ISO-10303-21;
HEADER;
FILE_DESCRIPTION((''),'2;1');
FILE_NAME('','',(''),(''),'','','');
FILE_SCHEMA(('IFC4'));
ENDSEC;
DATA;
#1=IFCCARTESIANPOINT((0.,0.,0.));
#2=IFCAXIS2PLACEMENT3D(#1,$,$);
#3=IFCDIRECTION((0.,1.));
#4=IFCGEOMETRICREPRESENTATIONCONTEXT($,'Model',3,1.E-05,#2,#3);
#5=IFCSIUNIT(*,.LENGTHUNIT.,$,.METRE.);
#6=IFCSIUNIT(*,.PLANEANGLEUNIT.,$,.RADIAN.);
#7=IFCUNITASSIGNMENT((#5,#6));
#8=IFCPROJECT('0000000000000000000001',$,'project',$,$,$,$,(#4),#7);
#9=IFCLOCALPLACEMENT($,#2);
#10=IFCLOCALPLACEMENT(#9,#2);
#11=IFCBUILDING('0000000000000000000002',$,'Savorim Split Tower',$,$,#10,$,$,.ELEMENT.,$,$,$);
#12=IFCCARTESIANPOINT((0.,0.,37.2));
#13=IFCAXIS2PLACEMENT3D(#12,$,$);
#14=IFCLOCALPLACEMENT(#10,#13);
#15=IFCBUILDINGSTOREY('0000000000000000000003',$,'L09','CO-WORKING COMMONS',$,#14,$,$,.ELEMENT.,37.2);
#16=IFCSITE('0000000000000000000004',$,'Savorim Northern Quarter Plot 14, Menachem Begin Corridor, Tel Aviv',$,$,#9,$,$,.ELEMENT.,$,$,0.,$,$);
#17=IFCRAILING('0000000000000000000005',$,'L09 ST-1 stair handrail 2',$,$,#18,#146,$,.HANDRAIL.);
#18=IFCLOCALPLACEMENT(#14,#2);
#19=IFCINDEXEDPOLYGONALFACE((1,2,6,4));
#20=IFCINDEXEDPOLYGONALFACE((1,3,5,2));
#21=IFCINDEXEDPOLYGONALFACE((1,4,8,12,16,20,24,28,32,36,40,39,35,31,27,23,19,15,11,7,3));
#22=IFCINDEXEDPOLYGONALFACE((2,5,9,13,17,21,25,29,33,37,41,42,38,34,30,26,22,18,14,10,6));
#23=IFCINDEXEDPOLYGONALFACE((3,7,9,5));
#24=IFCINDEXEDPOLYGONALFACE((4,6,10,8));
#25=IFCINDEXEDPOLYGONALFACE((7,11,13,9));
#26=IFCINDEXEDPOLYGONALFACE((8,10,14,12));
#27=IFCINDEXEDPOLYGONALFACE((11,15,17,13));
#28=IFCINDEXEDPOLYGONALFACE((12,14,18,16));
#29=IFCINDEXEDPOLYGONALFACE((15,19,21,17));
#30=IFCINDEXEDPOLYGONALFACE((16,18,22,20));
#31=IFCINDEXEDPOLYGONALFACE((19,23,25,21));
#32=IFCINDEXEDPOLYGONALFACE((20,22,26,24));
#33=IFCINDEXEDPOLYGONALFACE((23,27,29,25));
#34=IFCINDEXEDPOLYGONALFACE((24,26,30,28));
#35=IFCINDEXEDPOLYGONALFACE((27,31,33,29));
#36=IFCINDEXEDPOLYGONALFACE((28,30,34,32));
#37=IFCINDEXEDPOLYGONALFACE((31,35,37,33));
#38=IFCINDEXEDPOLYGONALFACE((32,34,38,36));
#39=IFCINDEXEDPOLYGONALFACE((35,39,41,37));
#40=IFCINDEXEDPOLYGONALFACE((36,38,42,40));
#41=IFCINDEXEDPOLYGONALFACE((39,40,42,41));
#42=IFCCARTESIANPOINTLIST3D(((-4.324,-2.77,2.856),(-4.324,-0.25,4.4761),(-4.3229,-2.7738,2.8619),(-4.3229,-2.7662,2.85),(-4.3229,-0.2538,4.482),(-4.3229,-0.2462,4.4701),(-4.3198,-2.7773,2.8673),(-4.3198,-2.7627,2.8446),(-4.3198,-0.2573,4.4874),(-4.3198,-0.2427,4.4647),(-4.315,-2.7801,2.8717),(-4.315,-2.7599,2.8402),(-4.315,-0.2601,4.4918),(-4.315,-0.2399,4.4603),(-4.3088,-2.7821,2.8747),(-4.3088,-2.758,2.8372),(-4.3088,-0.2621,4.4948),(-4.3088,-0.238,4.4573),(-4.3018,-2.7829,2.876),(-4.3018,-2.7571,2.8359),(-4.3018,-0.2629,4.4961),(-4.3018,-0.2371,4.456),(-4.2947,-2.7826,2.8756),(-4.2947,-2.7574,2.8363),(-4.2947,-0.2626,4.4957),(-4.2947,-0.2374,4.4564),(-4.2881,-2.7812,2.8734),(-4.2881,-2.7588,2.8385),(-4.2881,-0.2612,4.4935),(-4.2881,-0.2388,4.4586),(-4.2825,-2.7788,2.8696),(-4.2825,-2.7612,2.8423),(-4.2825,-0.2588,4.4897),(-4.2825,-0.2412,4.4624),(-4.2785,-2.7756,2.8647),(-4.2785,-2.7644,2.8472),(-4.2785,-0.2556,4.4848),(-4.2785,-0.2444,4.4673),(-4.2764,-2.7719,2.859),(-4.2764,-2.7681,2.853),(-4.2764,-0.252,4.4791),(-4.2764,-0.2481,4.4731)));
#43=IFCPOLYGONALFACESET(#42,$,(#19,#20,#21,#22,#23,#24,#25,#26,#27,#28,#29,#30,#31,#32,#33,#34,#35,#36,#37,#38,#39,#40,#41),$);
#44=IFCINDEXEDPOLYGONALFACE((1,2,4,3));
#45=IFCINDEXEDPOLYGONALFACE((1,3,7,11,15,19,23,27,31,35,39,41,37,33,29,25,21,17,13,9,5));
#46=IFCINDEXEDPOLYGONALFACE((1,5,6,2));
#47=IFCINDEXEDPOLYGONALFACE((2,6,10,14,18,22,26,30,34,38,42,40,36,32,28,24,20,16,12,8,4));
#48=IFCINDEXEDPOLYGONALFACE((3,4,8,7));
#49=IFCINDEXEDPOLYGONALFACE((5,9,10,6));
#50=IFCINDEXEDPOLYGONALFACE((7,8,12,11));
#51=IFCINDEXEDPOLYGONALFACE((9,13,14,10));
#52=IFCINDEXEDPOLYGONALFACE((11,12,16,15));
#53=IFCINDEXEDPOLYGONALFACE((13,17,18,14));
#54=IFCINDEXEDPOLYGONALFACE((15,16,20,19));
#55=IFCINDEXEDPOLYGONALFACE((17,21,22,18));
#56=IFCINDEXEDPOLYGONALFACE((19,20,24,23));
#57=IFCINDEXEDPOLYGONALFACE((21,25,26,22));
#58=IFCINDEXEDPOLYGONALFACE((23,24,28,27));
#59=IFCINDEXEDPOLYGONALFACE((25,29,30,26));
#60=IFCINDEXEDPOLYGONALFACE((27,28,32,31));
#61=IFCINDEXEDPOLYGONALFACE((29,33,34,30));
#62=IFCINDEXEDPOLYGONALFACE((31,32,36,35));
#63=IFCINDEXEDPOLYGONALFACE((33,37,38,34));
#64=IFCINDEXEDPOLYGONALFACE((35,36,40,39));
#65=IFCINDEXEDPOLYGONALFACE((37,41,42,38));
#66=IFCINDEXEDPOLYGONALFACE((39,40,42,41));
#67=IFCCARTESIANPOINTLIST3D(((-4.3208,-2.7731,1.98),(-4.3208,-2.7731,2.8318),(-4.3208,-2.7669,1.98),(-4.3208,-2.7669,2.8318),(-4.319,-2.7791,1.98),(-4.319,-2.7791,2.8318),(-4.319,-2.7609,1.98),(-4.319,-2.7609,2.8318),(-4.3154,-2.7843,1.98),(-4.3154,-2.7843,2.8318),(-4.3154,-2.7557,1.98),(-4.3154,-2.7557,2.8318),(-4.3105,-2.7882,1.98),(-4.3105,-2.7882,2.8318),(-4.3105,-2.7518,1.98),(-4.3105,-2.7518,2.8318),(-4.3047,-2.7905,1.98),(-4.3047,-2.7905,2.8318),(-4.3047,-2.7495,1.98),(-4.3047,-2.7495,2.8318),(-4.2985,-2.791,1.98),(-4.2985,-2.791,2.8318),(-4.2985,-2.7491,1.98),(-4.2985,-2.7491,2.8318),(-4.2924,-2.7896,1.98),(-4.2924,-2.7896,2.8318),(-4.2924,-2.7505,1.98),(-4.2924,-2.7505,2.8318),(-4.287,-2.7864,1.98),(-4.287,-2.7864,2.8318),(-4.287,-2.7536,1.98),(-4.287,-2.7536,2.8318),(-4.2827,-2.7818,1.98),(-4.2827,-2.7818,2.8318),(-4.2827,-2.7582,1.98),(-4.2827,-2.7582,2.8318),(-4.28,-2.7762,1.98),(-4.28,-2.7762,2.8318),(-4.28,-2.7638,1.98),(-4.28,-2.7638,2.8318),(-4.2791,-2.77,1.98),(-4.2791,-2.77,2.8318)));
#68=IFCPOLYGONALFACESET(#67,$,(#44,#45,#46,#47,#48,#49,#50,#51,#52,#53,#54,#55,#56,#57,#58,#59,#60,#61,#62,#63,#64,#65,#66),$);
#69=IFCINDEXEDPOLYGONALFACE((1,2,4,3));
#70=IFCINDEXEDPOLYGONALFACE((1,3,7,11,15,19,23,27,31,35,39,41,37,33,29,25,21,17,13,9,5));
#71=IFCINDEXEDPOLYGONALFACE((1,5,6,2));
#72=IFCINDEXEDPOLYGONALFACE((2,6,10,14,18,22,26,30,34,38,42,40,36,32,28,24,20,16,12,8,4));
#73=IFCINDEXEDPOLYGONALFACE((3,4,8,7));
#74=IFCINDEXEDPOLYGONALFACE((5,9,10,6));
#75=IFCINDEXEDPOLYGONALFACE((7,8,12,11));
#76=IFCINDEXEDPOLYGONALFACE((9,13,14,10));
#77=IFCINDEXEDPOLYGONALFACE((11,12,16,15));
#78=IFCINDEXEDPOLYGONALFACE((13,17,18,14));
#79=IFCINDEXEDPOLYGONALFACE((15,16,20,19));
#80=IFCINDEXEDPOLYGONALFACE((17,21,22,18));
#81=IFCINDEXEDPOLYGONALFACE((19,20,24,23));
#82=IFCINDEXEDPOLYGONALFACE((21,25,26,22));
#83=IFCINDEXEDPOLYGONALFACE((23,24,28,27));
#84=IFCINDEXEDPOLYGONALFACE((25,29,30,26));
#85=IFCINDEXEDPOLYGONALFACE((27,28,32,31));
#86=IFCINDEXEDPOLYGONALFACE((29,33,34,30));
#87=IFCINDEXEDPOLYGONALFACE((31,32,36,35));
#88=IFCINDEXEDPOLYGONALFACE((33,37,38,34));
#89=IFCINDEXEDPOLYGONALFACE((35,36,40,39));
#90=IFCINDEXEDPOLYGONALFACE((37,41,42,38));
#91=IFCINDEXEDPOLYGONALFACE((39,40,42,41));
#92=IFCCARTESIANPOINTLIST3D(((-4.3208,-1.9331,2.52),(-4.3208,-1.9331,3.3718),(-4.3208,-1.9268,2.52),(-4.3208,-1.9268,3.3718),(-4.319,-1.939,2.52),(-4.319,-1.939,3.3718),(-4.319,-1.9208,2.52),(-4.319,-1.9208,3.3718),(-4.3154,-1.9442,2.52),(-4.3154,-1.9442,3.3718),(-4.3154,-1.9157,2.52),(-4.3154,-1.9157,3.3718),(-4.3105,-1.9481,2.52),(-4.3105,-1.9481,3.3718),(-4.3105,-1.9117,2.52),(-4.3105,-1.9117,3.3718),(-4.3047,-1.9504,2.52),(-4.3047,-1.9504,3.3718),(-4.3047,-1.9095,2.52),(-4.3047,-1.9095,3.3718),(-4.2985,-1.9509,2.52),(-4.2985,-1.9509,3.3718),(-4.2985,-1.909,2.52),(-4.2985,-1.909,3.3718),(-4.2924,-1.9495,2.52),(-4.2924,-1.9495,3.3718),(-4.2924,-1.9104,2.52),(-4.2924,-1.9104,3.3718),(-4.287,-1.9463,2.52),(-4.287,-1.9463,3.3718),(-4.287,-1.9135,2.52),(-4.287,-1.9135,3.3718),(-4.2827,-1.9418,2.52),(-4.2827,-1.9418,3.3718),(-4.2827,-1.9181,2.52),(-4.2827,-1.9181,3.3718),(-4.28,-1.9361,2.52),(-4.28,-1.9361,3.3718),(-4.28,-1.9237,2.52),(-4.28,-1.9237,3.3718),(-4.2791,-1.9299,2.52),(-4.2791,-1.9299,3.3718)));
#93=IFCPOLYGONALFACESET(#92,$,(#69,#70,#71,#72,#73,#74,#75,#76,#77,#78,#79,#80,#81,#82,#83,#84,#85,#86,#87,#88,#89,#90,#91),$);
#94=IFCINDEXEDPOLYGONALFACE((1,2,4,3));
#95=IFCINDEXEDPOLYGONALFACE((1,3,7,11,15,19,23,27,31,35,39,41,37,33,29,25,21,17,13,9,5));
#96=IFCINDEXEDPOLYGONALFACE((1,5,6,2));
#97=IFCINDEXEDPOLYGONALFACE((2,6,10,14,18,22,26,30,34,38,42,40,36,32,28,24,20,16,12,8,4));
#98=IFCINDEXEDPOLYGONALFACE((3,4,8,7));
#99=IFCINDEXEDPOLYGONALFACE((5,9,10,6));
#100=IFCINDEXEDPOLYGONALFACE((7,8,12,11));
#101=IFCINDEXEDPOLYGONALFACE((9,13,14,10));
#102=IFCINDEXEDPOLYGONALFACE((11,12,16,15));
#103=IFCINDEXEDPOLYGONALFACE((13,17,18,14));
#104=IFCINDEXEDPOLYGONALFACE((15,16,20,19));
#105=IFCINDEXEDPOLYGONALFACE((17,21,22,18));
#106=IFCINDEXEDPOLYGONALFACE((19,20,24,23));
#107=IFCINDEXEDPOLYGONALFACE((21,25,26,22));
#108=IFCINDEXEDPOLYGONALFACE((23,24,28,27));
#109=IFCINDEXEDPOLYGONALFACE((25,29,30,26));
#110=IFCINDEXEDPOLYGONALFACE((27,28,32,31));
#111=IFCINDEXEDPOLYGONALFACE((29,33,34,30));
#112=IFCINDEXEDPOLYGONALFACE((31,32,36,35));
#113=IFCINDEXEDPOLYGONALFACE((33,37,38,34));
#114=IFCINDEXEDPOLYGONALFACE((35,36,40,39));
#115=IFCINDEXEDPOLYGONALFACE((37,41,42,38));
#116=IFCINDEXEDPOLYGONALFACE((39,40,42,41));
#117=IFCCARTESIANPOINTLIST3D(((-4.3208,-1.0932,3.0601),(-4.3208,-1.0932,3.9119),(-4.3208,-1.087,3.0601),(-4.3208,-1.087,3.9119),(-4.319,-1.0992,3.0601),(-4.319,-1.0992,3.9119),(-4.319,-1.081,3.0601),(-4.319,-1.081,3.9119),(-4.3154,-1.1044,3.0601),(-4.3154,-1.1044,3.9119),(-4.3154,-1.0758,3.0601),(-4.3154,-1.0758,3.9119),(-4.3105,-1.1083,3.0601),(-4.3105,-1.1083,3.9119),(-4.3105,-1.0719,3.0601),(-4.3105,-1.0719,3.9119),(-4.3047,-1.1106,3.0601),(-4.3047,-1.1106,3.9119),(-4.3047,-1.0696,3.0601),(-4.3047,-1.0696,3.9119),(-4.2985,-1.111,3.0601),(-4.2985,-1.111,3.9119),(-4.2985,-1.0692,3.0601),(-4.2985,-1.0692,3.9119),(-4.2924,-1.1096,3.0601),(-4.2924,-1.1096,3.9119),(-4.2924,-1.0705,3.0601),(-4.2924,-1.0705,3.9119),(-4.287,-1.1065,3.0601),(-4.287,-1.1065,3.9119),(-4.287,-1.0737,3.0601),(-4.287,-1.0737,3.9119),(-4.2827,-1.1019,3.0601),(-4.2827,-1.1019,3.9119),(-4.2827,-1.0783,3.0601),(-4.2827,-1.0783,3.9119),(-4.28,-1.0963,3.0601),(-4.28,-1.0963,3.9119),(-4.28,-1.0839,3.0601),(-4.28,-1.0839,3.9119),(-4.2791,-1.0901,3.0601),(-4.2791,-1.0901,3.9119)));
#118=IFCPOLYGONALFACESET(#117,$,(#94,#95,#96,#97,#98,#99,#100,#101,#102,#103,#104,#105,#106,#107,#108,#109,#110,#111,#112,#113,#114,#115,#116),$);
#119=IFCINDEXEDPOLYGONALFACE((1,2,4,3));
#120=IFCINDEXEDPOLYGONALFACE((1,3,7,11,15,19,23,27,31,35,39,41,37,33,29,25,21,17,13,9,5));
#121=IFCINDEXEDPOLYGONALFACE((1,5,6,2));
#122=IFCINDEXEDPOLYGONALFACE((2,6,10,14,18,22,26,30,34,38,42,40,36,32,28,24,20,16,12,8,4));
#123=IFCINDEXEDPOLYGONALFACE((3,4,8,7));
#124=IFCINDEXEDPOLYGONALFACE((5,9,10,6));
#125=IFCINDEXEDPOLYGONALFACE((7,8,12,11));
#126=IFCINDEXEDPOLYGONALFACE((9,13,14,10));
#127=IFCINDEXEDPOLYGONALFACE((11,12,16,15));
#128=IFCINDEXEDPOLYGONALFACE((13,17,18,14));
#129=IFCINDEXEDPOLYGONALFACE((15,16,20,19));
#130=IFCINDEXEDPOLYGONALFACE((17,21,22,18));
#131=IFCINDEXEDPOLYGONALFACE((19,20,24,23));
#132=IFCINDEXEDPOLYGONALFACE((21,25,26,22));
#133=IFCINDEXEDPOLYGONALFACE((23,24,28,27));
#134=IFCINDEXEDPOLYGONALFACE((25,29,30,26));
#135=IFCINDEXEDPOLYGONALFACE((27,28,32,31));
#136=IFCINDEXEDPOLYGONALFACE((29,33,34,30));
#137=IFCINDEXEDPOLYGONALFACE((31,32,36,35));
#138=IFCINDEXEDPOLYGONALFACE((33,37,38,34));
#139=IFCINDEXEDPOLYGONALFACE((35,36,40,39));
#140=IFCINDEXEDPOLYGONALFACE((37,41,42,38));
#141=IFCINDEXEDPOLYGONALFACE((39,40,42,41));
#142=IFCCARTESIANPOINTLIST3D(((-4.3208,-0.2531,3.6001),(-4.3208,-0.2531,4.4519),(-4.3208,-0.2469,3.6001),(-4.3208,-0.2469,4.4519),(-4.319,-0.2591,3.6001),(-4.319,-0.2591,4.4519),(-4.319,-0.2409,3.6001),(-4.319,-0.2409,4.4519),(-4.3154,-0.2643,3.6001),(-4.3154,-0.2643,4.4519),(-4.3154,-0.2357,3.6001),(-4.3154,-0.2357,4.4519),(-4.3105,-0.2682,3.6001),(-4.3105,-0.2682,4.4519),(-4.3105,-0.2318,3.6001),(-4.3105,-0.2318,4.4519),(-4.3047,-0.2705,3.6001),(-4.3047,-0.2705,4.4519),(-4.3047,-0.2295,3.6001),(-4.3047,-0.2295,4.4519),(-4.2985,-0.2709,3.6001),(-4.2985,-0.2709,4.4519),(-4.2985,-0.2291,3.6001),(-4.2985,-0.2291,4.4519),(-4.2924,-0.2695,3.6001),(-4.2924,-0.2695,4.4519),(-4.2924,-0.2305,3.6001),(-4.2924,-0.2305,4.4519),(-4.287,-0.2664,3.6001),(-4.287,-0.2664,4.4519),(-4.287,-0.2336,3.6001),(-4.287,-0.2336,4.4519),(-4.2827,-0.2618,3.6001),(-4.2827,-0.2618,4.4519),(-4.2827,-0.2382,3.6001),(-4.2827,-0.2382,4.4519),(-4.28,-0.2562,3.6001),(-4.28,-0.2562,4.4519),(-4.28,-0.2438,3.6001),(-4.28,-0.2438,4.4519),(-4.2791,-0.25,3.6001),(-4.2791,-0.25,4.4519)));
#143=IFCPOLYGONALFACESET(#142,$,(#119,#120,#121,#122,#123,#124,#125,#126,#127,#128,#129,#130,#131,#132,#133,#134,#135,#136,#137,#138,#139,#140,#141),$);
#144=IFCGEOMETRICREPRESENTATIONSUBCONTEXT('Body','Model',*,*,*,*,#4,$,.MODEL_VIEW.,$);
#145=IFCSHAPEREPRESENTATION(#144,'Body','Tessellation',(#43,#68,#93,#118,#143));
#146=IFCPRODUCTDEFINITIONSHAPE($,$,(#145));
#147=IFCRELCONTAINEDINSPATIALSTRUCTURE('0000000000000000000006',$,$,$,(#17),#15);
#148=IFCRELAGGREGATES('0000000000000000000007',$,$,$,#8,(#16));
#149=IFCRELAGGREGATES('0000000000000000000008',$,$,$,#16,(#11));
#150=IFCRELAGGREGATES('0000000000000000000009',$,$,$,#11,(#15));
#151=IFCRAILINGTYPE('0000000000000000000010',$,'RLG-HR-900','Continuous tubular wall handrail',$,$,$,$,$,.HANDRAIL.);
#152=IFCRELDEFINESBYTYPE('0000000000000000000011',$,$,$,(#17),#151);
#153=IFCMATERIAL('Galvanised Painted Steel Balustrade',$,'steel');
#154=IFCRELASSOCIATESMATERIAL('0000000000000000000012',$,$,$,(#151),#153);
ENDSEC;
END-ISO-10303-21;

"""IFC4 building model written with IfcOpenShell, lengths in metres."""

from ifc_helpers import new_model, si_unit, direction, frame, origin, origin_2d, place, context, subcontext, project, spatial, circle, extrude, material, type_object, element, save


model = new_model("IFC4")

# Units and contexts
model_context = context("Model", 3, precision=1e-05, world=origin(), true_north=direction((0.0, 1.0)))
body_context = subcontext(model_context, "Body", "Model", "MODEL_VIEW")
ifc_project = project(units=[si_unit("LENGTHUNIT", "METRE"), si_unit("PLANEANGLEUNIT", "RADIAN")], contexts=[model_context])

# Site, building, storey
site_placement = place(None, origin())
site = spatial("IfcSite", under=ifc_project, at=site_placement, Name="Savorim Northern Quarter Plot 14, Menachem Begin Corridor, Tel Aviv", CompositionType="ELEMENT", RefElevation=0.0)
building_placement = place(site_placement, origin())
building = spatial("IfcBuilding", under=site, at=building_placement, Name="Savorim Split Tower", CompositionType="ELEMENT")
storey_placement = place(building_placement, frame((0.0, 0.0, 37.2)))
storey = spatial("IfcBuildingStorey", under=building, at=storey_placement, Name="L09", Description="CO-WORKING COMMONS", CompositionType="ELEMENT", Elevation=37.2)

# Railing
ifc_material_1 = material(Name="Galvanised Painted Steel Balustrade", Category="steel")
railing_type_1 = type_object("IfcRailingType", Name="RLG-HR-900", Description="Continuous tubular wall handrail", PredefinedType="HANDRAIL", material=ifc_material_1)
railing_1_placement = place(storey_placement, frame((-4.3, -2.77, 1.98)))
element("IfcRailing", 1, at=railing_1_placement, inside=storey, type_object=railing_type_1, Name="L09 ST-1 stair handrail 2", PredefinedType="HANDRAIL", context=body_context, shape_type="SweptSolid", body=[
    extrude(circle(Radius=0.0239, at=origin_2d()), frame((0.0, 0.0, 0.876), z_axis=(0.0, 0.841163, 0.540782), x_axis=(-1.0, 0.0, 0.0)), (0.0, 0.0, 1.0), 2.9958),
    extrude(circle(Radius=0.021, at=origin_2d()), origin(), (0.0, 0.0, 1.0), 0.8518),
    extrude(circle(Radius=0.021, at=origin_2d()), frame((0.0, 0.8401, 0.54)), (0.0, 0.0, 1.0), 0.8518),
    extrude(circle(Radius=0.021, at=origin_2d()), frame((0.0, 1.6799, 1.0801)), (0.0, 0.0, 1.0), 0.8518),
    extrude(circle(Radius=0.021, at=origin_2d()), frame((0.0, 2.52, 1.6201)), (0.0, 0.0, 1.0), 0.8518),
])

save(model, "model.ifc")
